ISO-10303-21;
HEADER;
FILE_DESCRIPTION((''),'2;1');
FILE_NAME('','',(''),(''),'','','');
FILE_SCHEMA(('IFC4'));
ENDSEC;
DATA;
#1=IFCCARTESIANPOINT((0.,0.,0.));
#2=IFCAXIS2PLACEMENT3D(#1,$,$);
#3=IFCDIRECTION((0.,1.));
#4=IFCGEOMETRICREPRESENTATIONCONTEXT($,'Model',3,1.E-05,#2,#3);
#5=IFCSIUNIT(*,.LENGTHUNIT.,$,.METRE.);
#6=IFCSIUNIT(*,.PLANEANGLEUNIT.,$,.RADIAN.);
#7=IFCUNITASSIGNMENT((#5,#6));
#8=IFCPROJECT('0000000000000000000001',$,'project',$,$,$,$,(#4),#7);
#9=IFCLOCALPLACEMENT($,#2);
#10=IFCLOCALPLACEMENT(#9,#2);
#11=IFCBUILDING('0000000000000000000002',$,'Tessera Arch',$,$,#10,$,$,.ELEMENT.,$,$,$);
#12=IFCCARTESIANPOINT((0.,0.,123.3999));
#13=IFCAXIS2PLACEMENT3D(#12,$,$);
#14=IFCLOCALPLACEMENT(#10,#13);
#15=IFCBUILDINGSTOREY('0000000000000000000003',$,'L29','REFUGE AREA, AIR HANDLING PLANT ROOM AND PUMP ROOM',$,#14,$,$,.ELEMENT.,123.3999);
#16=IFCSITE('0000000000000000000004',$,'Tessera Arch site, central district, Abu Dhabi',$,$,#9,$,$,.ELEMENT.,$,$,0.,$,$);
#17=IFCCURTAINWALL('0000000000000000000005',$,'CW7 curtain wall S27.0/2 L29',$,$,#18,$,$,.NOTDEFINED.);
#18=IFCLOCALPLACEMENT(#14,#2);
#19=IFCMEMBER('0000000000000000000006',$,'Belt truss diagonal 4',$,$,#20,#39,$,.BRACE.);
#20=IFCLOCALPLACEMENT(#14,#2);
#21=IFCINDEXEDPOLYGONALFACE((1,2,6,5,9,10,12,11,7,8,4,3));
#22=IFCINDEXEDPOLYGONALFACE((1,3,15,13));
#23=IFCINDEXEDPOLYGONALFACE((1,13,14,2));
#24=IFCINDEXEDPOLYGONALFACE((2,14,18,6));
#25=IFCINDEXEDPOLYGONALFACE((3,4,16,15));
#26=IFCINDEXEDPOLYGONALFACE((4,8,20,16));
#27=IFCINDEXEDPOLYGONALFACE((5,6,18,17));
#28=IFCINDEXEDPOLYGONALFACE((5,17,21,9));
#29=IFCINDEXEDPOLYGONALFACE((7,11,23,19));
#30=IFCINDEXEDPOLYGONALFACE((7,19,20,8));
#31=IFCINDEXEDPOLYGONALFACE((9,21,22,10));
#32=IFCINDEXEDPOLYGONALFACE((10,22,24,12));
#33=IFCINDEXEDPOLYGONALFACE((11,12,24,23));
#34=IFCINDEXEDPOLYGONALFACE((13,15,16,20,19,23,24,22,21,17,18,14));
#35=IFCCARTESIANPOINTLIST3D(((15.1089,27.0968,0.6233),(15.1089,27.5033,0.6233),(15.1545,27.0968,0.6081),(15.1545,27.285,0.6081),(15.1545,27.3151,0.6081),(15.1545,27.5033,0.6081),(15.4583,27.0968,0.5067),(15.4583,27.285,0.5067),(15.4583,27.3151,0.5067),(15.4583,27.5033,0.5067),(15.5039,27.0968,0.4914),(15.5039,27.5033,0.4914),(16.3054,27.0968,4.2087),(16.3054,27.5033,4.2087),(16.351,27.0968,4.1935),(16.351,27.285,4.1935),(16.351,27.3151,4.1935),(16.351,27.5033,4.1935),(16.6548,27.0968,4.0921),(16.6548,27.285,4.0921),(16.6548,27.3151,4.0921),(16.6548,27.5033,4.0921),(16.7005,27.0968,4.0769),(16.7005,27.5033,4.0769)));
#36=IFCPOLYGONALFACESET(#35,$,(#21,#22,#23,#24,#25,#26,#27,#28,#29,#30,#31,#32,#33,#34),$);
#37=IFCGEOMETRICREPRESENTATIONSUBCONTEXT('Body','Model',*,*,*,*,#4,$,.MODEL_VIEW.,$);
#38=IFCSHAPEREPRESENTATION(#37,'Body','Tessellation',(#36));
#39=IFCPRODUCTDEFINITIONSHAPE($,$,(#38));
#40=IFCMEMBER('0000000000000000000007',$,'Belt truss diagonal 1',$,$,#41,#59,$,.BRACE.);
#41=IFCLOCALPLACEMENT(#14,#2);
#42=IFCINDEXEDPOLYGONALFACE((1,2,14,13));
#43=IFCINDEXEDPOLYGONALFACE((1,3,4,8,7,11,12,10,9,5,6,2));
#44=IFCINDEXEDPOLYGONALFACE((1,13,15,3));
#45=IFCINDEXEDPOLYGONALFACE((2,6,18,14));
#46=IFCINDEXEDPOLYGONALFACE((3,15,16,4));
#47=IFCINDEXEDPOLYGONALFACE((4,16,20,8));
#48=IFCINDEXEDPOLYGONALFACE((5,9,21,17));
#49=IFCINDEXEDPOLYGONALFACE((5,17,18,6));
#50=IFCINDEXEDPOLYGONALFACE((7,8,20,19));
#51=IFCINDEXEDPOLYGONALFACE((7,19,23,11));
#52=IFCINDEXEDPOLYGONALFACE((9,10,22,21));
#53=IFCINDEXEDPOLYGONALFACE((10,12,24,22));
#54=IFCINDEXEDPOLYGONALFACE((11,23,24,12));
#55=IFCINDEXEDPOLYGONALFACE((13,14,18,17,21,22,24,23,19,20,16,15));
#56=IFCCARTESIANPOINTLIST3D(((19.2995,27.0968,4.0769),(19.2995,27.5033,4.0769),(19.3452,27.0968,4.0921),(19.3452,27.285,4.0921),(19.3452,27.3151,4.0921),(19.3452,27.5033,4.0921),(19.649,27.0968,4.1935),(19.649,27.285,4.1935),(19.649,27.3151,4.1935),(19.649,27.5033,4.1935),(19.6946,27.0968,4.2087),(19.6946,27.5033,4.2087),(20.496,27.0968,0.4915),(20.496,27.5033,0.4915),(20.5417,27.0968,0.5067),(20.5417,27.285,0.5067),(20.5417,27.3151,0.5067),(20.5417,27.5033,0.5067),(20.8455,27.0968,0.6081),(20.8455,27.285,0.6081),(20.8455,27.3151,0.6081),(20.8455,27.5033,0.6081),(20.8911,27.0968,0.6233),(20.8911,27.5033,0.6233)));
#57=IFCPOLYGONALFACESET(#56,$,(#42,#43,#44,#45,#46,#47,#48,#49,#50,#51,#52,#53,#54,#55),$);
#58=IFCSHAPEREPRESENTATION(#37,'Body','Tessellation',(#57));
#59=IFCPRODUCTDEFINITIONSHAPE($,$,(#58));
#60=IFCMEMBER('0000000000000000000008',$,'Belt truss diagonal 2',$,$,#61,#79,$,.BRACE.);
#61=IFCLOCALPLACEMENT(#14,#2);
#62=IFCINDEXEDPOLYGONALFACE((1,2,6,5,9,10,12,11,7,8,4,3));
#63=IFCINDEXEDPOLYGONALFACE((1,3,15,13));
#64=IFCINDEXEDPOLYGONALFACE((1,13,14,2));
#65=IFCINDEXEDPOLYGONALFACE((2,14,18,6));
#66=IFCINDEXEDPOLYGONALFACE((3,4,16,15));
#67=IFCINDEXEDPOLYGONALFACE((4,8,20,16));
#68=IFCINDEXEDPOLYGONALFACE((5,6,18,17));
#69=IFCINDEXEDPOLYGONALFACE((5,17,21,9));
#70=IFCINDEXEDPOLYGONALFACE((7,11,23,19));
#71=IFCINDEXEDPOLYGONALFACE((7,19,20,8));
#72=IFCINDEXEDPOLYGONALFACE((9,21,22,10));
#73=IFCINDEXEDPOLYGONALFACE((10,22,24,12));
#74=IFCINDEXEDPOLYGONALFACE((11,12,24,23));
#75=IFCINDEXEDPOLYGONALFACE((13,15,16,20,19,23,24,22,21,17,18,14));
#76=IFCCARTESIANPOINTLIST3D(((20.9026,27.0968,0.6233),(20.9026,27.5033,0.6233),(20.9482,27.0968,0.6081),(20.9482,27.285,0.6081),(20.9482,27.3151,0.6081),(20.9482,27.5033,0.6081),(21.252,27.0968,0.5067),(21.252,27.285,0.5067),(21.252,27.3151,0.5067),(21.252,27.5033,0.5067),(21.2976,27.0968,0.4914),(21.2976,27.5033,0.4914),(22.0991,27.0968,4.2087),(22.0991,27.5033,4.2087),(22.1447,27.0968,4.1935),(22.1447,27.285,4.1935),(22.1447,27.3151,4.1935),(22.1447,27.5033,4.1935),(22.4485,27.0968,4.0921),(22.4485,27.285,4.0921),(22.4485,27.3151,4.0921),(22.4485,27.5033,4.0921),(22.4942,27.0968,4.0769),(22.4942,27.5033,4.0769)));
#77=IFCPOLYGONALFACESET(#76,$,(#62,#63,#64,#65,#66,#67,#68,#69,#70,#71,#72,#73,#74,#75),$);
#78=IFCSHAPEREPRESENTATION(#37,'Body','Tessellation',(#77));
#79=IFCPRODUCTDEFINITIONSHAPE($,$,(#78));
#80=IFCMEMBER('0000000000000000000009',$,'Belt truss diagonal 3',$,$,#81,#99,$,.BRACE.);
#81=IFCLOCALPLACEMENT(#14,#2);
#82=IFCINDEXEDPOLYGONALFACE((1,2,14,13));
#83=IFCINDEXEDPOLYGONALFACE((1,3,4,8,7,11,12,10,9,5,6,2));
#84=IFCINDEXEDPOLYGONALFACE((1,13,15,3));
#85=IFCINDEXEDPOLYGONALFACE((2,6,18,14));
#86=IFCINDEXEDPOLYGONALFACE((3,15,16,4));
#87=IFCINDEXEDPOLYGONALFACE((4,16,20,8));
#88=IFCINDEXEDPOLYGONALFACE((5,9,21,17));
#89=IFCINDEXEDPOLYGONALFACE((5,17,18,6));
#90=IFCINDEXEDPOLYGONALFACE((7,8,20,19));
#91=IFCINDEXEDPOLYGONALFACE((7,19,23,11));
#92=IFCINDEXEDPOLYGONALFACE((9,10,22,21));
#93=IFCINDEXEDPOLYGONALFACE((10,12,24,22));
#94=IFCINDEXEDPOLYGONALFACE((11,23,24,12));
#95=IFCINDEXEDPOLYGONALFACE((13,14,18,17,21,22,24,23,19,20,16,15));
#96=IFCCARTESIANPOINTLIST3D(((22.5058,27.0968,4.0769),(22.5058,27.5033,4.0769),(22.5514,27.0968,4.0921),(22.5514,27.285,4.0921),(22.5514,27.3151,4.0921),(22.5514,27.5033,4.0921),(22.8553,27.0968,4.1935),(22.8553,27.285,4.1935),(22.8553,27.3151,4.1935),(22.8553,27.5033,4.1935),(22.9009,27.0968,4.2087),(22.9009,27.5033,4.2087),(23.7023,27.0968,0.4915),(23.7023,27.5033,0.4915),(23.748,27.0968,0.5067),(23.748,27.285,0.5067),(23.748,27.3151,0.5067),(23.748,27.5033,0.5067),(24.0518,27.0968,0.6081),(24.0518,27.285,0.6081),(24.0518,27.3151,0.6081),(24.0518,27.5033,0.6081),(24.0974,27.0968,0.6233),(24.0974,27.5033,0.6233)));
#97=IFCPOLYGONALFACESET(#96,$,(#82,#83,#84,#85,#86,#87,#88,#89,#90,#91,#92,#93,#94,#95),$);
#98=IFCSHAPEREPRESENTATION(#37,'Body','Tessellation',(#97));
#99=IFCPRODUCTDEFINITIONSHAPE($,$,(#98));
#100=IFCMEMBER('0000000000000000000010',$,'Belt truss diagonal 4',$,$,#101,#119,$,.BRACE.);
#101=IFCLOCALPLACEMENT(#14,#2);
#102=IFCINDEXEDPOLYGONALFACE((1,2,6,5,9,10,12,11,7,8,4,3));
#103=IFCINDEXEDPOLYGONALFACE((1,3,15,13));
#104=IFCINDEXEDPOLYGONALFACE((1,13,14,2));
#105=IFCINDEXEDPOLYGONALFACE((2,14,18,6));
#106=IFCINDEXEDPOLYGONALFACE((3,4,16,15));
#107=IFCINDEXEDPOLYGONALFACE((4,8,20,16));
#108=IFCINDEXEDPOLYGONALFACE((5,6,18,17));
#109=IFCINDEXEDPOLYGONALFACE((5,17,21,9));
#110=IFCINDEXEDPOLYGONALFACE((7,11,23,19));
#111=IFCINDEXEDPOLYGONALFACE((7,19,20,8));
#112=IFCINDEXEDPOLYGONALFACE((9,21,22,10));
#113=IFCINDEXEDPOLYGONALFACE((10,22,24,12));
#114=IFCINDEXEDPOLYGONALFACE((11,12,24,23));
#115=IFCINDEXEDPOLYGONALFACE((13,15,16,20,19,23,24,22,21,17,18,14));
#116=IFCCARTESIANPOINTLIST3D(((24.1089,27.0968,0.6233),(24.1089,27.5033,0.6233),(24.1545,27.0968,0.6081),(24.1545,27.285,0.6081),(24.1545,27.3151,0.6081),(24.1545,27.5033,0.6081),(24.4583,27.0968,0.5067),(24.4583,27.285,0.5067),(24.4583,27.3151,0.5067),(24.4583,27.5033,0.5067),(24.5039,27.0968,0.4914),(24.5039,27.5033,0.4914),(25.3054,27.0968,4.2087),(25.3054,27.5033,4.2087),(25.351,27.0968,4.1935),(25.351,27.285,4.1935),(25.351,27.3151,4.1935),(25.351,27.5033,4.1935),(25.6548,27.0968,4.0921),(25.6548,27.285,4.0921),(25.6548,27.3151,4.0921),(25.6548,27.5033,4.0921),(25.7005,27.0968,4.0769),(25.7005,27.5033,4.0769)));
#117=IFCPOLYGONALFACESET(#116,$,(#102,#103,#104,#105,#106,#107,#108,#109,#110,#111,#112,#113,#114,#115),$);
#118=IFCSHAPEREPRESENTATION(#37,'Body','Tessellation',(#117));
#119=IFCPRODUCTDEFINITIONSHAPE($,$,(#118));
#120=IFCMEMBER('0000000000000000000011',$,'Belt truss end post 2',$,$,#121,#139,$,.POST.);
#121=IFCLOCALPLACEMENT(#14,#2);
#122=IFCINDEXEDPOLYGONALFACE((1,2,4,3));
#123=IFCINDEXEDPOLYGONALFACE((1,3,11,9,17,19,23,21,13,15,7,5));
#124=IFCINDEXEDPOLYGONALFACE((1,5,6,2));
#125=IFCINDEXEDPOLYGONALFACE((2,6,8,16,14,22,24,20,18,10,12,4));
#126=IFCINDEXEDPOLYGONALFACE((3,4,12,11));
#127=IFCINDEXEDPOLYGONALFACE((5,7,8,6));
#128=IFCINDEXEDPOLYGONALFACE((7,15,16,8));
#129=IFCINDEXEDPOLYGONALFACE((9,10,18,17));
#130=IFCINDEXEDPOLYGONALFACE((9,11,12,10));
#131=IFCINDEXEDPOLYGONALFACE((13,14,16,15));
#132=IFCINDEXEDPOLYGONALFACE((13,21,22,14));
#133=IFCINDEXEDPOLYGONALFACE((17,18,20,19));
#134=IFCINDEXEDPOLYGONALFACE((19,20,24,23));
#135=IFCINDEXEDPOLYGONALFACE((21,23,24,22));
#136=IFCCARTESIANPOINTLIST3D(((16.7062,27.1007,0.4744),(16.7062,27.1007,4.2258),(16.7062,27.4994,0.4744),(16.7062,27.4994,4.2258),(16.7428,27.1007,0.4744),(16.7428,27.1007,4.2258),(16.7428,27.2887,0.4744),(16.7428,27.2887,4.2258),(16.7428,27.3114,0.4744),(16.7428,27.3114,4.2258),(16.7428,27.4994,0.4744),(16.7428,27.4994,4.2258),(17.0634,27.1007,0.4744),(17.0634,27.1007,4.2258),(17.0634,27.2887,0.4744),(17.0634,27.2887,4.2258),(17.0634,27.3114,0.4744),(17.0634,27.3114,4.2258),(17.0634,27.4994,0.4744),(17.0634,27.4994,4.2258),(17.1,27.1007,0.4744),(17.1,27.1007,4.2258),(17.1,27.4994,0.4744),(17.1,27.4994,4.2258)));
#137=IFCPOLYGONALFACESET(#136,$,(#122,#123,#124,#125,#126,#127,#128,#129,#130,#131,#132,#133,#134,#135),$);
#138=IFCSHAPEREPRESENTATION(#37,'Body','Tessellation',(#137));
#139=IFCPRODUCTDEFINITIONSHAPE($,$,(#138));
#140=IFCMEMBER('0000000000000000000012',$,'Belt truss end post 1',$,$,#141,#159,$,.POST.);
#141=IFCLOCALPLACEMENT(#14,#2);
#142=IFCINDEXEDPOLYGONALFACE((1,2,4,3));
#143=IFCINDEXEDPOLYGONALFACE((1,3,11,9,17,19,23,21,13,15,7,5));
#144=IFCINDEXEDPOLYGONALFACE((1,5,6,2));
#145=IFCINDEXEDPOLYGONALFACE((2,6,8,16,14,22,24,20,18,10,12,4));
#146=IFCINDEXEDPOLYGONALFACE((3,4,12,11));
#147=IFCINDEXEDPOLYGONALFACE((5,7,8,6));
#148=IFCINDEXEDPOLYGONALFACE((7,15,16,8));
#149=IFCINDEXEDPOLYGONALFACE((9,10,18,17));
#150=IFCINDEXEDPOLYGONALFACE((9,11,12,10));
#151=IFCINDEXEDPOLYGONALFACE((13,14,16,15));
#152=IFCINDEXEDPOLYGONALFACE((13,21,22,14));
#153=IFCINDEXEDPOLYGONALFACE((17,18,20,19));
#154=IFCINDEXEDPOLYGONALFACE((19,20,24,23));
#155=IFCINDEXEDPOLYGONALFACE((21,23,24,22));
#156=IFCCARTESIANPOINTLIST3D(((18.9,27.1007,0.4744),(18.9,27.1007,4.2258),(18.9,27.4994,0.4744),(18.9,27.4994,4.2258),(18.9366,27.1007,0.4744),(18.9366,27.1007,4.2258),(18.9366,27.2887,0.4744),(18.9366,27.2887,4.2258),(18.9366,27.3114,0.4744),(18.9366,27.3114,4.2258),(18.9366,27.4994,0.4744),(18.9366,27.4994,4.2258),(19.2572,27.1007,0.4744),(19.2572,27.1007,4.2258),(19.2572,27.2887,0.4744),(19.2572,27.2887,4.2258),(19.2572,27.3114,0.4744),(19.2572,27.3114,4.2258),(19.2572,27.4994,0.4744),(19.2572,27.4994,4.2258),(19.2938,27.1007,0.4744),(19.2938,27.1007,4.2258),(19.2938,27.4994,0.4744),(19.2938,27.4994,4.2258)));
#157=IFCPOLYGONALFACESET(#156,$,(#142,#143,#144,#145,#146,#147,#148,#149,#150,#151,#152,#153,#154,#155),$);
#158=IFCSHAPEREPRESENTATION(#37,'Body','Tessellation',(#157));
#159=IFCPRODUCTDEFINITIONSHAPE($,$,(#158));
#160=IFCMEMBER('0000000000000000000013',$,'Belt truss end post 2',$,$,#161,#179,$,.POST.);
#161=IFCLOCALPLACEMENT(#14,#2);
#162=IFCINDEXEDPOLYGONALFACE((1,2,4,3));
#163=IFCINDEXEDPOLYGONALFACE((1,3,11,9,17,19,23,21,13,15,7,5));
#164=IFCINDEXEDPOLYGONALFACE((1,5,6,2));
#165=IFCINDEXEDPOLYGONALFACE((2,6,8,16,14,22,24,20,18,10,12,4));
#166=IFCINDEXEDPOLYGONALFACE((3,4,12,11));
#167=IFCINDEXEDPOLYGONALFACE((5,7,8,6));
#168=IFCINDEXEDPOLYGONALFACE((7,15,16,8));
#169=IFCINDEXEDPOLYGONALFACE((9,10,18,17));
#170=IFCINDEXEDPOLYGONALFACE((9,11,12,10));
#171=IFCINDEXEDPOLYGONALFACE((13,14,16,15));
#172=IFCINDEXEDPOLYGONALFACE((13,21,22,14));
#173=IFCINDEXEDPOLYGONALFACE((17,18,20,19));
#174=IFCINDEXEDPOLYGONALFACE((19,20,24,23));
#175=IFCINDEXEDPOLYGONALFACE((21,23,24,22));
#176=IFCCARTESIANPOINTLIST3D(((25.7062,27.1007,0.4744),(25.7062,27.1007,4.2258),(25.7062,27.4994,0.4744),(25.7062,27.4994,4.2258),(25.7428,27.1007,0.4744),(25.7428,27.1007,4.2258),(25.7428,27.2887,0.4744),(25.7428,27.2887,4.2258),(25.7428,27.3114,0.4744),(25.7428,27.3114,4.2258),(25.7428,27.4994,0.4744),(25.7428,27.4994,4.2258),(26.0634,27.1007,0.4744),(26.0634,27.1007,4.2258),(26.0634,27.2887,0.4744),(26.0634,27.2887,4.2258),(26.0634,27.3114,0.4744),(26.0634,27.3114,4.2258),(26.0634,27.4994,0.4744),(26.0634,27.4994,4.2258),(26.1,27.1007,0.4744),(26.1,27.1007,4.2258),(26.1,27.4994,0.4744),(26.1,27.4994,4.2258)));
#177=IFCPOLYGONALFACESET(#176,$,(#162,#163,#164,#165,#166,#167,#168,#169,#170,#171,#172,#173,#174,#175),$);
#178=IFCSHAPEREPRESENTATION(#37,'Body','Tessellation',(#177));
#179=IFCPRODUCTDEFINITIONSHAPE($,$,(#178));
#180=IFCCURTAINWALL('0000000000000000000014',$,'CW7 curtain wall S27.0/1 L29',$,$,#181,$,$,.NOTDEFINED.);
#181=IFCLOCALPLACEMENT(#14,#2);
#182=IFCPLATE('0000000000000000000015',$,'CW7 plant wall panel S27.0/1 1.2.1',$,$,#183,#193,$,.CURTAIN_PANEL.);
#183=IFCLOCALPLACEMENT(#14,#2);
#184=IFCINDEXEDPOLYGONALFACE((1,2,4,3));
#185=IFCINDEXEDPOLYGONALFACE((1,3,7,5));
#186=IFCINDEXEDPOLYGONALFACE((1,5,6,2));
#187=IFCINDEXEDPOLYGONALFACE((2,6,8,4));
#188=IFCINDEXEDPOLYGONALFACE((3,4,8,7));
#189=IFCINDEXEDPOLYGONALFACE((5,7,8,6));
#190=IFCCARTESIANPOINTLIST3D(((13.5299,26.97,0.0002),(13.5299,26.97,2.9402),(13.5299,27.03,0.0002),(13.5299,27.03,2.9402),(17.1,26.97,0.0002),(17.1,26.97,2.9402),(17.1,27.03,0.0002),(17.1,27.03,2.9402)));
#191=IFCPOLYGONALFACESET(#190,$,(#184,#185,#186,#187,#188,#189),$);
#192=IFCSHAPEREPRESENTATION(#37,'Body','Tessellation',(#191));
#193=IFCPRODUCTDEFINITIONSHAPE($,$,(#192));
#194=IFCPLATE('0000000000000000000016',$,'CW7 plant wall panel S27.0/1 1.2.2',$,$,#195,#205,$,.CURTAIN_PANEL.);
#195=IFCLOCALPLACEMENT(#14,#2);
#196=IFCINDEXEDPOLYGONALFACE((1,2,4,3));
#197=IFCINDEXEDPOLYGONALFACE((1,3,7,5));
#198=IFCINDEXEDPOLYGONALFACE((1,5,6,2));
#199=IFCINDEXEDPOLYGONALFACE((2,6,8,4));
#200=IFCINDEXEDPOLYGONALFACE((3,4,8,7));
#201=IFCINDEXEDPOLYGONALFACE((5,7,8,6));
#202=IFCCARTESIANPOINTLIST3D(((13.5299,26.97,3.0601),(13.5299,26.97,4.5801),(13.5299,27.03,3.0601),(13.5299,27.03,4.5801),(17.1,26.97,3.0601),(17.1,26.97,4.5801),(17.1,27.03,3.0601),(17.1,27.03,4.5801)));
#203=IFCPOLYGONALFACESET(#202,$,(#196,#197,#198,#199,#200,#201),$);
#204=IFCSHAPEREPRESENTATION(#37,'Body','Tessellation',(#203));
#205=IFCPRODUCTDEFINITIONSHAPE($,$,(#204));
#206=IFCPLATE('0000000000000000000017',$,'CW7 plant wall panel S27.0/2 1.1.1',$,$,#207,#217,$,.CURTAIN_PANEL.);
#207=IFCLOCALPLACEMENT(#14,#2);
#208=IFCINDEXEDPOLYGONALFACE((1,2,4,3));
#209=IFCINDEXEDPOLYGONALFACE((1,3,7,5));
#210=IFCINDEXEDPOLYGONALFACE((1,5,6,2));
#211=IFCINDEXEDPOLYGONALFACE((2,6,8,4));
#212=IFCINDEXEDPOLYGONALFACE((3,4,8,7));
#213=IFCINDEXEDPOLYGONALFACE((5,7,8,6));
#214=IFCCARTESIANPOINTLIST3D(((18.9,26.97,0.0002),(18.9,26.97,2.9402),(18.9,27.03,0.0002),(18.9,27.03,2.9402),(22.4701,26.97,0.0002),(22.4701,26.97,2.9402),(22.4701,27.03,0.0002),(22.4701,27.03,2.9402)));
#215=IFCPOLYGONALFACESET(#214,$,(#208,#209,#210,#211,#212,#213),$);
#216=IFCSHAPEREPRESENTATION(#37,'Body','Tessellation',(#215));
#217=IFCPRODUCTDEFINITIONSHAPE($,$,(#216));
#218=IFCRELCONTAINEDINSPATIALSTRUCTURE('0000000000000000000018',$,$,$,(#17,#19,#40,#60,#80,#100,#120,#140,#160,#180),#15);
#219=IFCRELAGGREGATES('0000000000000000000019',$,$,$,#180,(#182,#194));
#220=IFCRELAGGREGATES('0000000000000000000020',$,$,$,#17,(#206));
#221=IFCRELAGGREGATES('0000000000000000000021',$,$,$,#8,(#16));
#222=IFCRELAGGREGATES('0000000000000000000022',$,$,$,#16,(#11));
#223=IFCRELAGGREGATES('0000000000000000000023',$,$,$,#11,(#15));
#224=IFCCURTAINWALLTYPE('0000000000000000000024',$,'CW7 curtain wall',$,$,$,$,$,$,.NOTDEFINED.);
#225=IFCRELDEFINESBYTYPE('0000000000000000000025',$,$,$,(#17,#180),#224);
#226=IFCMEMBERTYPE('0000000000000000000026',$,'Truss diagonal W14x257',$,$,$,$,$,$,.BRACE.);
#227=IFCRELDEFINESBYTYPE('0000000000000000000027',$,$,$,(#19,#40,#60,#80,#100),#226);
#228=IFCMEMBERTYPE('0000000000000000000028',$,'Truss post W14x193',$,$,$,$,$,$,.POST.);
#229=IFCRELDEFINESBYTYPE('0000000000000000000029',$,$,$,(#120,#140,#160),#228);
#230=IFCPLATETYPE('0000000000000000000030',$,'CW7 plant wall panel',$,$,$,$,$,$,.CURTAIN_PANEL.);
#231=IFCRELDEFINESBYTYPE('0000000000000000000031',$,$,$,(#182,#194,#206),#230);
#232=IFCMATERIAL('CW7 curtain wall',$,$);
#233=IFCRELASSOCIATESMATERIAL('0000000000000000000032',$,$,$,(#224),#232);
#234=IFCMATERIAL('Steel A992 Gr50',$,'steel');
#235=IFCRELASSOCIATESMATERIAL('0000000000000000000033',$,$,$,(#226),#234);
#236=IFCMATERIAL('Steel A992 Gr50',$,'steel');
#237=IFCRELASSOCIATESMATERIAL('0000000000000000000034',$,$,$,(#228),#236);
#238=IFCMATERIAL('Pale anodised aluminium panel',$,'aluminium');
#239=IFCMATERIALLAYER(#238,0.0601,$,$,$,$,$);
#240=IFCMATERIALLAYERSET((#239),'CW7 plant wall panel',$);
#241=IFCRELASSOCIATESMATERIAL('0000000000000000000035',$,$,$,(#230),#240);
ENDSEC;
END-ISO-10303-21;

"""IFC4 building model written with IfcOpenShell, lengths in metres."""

from ifc_helpers import new_model, si_unit, direction, frame, origin, origin_2d, place, context, subcontext, project, spatial, rectangle, i_section, extrude, material, layer, layer_set, material_profile, profile_set, type_object, element, aggregate, save


model = new_model("IFC4")

# Units and contexts
model_context = context("Model", 3, precision=1e-05, world=origin(), true_north=direction((0.0, 1.0)))
body_context = subcontext(model_context, "Body", "Model", "MODEL_VIEW")
ifc_project = project(units=[si_unit("LENGTHUNIT", "METRE"), si_unit("PLANEANGLEUNIT", "RADIAN")], contexts=[model_context])

# Site, building, storey
site_placement = place(None, origin())
site = spatial("IfcSite", under=ifc_project, at=site_placement, Name="Tessera Arch site, central district, Abu Dhabi", CompositionType="ELEMENT", RefElevation=0.0)
building_placement = place(site_placement, origin())
building = spatial("IfcBuilding", under=site, at=building_placement, Name="Tessera Arch", CompositionType="ELEMENT")
storey_placement = place(building_placement, frame((0.0, 0.0, 123.3999)))
storey = spatial("IfcBuildingStorey", under=building, at=storey_placement, Name="L29", Description="REFUGE AREA, AIR HANDLING PLANT ROOM AND PUMP ROOM", CompositionType="ELEMENT", Elevation=123.3999)

# Curtain wall
ifc_material_1 = material(Name="CW7 curtain wall")
curtain_wall_type = type_object("IfcCurtainWallType", Name="CW7 curtain wall", PredefinedType="NOTDEFINED", material=ifc_material_1)
curtain_wall_1_placement = place(storey_placement, origin())
curtain_wall_1 = element("IfcCurtainWall", 1, at=curtain_wall_1_placement, inside=storey, type_object=curtain_wall_type, Name="CW7 curtain wall S27.0/2 L29", PredefinedType="NOTDEFINED")

# Members
ifc_material_2 = material(Name="Steel A992 Gr50", Category="steel")
ifc_material_profile_1 = material_profile(ifc_material_2, i_section(OverallWidth=0.4065, OverallDepth=0.4165, WebThickness=0.03, FlangeThickness=0.0481, at=origin_2d()), Name="W14x257")
ifc_profile_set_1 = profile_set([ifc_material_profile_1], Name="Steel A992 Gr50")
member_type_1 = type_object("IfcMemberType", Name="Truss diagonal W14x257", PredefinedType="BRACE", material=ifc_profile_set_1)
for number, where, z_axis, x_axis, name in (
    (2, (15.3064, 27.3, 0.5574), (0.316557, 0.0, 0.948573), (0.0, 1.0, 0.0), "Belt truss diagonal 4"),
    (3, (19.4971, 27.3, 4.1428), (0.316557, 0.0, -0.948573), (0.0, 1.0, 0.0), "Belt truss diagonal 1"),
    (4, (21.1001, 27.3, 0.5574), (0.316557, 0.0, 0.948573), (0.0, 1.0, 0.0), "Belt truss diagonal 2"),
    (5, (22.7034, 27.3, 4.1428), (0.316557, 0.0, -0.948573), (0.0, 1.0, 0.0), "Belt truss diagonal 3"),
    (6, (24.3064, 27.3, 0.5574), (0.316557, 0.0, 0.948573), (0.0, 1.0, 0.0), "Belt truss diagonal 4"),
):
    element("IfcMember", number, at=place(storey_placement, frame(where, z_axis=z_axis, x_axis=x_axis)), inside=storey, type_object=member_type_1, Name=name, PredefinedType="BRACE", context=body_context, shape_type="SweptSolid", body=[
        extrude(i_section(OverallWidth=0.4065, OverallDepth=0.4165, WebThickness=0.03, FlangeThickness=0.0481, at=origin_2d()), origin(), (0.0, 0.0, 1.0), 3.7798),
    ])
ifc_material_3 = material(Name="Steel A992 Gr50", Category="steel")
ifc_material_profile_2 = material_profile(ifc_material_3, i_section(OverallWidth=0.3987, OverallDepth=0.3938, WebThickness=0.0227, FlangeThickness=0.0366, at=origin_2d()), Name="W14x193")
ifc_profile_set_2 = profile_set([ifc_material_profile_2], Name="Steel A992 Gr50")
member_type_2 = type_object("IfcMemberType", Name="Truss post W14x193", PredefinedType="POST", material=ifc_profile_set_2)
for number, where, z_axis, x_axis, name in (
    (7, (16.9031, 27.3, 0.4744), (0.0, 0.0, 1.0), (0.0, 1.0, 0.0), "Belt truss end post 2"),
    (8, (19.0969, 27.3, 0.4744), (0.0, 0.0, 1.0), (0.0, 1.0, 0.0), "Belt truss end post 1"),
    (9, (25.9031, 27.3, 0.4744), (0.0, 0.0, 1.0), (0.0, 1.0, 0.0), "Belt truss end post 2"),
):
    element("IfcMember", number, at=place(storey_placement, frame(where, z_axis=z_axis, x_axis=x_axis)), inside=storey, type_object=member_type_2, Name=name, PredefinedType="POST", context=body_context, shape_type="SweptSolid", body=[
        extrude(i_section(OverallWidth=0.3987, OverallDepth=0.3938, WebThickness=0.0227, FlangeThickness=0.0366, at=origin_2d()), origin(), (0.0, 0.0, 1.0), 3.7515),
    ])

# Curtain wall, plates
curtain_wall_2_placement = place(storey_placement, origin())
curtain_wall_2 = element("IfcCurtainWall", 10, at=curtain_wall_2_placement, inside=storey, type_object=curtain_wall_type, Name="CW7 curtain wall S27.0/1 L29", PredefinedType="NOTDEFINED")
ifc_material_4 = material(Name="Pale anodised aluminium panel", Category="aluminium")
ifc_layer_1 = layer(ifc_material_4, 0.0601)
ifc_layer_set_1 = layer_set([ifc_layer_1], Name="CW7 plant wall panel")
plate_type_1 = type_object("IfcPlateType", Name="CW7 plant wall panel", PredefinedType="CURTAIN_PANEL", material=ifc_layer_set_1)
plate_1_placement = place(storey_placement, frame((15.3149, 27.0, 0.0002), z_axis=(0.0, 0.0, 1.0), x_axis=(1.0, 0.0, 0.0)))
plate_1 = element("IfcPlate", 11, at=plate_1_placement, type_object=plate_type_1, Name="CW7 plant wall panel S27.0/1 1.2.1", PredefinedType="CURTAIN_PANEL", context=body_context, shape_type="SweptSolid", body=[
    extrude(rectangle(XDim=3.5701, YDim=0.0601, at=origin_2d()), origin(), (0.0, 0.0, 1.0), 2.9399),
])
plate_2_placement = place(storey_placement, frame((15.3149, 27.0, 3.0601), z_axis=(0.0, 0.0, 1.0), x_axis=(1.0, 0.0, 0.0)))
plate_2 = element("IfcPlate", 12, at=plate_2_placement, type_object=plate_type_1, Name="CW7 plant wall panel S27.0/1 1.2.2", PredefinedType="CURTAIN_PANEL", context=body_context, shape_type="SweptSolid", body=[
    extrude(rectangle(XDim=3.5701, YDim=0.0601, at=origin_2d()), origin(), (0.0, 0.0, 1.0), 1.52),
])
aggregate(curtain_wall_2, [plate_1, plate_2])

# Plate
plate_3_placement = place(storey_placement, frame((20.6851, 27.0, 0.0002), z_axis=(0.0, 0.0, 1.0), x_axis=(1.0, 0.0, 0.0)))
plate_3 = element("IfcPlate", 13, at=plate_3_placement, type_object=plate_type_1, Name="CW7 plant wall panel S27.0/2 1.1.1", PredefinedType="CURTAIN_PANEL", context=body_context, shape_type="SweptSolid", body=[
    extrude(rectangle(XDim=3.5701, YDim=0.0601, at=origin_2d()), origin(), (0.0, 0.0, 1.0), 2.9399),
])
aggregate(curtain_wall_1, [plate_3])

save(model, "model.ifc")
